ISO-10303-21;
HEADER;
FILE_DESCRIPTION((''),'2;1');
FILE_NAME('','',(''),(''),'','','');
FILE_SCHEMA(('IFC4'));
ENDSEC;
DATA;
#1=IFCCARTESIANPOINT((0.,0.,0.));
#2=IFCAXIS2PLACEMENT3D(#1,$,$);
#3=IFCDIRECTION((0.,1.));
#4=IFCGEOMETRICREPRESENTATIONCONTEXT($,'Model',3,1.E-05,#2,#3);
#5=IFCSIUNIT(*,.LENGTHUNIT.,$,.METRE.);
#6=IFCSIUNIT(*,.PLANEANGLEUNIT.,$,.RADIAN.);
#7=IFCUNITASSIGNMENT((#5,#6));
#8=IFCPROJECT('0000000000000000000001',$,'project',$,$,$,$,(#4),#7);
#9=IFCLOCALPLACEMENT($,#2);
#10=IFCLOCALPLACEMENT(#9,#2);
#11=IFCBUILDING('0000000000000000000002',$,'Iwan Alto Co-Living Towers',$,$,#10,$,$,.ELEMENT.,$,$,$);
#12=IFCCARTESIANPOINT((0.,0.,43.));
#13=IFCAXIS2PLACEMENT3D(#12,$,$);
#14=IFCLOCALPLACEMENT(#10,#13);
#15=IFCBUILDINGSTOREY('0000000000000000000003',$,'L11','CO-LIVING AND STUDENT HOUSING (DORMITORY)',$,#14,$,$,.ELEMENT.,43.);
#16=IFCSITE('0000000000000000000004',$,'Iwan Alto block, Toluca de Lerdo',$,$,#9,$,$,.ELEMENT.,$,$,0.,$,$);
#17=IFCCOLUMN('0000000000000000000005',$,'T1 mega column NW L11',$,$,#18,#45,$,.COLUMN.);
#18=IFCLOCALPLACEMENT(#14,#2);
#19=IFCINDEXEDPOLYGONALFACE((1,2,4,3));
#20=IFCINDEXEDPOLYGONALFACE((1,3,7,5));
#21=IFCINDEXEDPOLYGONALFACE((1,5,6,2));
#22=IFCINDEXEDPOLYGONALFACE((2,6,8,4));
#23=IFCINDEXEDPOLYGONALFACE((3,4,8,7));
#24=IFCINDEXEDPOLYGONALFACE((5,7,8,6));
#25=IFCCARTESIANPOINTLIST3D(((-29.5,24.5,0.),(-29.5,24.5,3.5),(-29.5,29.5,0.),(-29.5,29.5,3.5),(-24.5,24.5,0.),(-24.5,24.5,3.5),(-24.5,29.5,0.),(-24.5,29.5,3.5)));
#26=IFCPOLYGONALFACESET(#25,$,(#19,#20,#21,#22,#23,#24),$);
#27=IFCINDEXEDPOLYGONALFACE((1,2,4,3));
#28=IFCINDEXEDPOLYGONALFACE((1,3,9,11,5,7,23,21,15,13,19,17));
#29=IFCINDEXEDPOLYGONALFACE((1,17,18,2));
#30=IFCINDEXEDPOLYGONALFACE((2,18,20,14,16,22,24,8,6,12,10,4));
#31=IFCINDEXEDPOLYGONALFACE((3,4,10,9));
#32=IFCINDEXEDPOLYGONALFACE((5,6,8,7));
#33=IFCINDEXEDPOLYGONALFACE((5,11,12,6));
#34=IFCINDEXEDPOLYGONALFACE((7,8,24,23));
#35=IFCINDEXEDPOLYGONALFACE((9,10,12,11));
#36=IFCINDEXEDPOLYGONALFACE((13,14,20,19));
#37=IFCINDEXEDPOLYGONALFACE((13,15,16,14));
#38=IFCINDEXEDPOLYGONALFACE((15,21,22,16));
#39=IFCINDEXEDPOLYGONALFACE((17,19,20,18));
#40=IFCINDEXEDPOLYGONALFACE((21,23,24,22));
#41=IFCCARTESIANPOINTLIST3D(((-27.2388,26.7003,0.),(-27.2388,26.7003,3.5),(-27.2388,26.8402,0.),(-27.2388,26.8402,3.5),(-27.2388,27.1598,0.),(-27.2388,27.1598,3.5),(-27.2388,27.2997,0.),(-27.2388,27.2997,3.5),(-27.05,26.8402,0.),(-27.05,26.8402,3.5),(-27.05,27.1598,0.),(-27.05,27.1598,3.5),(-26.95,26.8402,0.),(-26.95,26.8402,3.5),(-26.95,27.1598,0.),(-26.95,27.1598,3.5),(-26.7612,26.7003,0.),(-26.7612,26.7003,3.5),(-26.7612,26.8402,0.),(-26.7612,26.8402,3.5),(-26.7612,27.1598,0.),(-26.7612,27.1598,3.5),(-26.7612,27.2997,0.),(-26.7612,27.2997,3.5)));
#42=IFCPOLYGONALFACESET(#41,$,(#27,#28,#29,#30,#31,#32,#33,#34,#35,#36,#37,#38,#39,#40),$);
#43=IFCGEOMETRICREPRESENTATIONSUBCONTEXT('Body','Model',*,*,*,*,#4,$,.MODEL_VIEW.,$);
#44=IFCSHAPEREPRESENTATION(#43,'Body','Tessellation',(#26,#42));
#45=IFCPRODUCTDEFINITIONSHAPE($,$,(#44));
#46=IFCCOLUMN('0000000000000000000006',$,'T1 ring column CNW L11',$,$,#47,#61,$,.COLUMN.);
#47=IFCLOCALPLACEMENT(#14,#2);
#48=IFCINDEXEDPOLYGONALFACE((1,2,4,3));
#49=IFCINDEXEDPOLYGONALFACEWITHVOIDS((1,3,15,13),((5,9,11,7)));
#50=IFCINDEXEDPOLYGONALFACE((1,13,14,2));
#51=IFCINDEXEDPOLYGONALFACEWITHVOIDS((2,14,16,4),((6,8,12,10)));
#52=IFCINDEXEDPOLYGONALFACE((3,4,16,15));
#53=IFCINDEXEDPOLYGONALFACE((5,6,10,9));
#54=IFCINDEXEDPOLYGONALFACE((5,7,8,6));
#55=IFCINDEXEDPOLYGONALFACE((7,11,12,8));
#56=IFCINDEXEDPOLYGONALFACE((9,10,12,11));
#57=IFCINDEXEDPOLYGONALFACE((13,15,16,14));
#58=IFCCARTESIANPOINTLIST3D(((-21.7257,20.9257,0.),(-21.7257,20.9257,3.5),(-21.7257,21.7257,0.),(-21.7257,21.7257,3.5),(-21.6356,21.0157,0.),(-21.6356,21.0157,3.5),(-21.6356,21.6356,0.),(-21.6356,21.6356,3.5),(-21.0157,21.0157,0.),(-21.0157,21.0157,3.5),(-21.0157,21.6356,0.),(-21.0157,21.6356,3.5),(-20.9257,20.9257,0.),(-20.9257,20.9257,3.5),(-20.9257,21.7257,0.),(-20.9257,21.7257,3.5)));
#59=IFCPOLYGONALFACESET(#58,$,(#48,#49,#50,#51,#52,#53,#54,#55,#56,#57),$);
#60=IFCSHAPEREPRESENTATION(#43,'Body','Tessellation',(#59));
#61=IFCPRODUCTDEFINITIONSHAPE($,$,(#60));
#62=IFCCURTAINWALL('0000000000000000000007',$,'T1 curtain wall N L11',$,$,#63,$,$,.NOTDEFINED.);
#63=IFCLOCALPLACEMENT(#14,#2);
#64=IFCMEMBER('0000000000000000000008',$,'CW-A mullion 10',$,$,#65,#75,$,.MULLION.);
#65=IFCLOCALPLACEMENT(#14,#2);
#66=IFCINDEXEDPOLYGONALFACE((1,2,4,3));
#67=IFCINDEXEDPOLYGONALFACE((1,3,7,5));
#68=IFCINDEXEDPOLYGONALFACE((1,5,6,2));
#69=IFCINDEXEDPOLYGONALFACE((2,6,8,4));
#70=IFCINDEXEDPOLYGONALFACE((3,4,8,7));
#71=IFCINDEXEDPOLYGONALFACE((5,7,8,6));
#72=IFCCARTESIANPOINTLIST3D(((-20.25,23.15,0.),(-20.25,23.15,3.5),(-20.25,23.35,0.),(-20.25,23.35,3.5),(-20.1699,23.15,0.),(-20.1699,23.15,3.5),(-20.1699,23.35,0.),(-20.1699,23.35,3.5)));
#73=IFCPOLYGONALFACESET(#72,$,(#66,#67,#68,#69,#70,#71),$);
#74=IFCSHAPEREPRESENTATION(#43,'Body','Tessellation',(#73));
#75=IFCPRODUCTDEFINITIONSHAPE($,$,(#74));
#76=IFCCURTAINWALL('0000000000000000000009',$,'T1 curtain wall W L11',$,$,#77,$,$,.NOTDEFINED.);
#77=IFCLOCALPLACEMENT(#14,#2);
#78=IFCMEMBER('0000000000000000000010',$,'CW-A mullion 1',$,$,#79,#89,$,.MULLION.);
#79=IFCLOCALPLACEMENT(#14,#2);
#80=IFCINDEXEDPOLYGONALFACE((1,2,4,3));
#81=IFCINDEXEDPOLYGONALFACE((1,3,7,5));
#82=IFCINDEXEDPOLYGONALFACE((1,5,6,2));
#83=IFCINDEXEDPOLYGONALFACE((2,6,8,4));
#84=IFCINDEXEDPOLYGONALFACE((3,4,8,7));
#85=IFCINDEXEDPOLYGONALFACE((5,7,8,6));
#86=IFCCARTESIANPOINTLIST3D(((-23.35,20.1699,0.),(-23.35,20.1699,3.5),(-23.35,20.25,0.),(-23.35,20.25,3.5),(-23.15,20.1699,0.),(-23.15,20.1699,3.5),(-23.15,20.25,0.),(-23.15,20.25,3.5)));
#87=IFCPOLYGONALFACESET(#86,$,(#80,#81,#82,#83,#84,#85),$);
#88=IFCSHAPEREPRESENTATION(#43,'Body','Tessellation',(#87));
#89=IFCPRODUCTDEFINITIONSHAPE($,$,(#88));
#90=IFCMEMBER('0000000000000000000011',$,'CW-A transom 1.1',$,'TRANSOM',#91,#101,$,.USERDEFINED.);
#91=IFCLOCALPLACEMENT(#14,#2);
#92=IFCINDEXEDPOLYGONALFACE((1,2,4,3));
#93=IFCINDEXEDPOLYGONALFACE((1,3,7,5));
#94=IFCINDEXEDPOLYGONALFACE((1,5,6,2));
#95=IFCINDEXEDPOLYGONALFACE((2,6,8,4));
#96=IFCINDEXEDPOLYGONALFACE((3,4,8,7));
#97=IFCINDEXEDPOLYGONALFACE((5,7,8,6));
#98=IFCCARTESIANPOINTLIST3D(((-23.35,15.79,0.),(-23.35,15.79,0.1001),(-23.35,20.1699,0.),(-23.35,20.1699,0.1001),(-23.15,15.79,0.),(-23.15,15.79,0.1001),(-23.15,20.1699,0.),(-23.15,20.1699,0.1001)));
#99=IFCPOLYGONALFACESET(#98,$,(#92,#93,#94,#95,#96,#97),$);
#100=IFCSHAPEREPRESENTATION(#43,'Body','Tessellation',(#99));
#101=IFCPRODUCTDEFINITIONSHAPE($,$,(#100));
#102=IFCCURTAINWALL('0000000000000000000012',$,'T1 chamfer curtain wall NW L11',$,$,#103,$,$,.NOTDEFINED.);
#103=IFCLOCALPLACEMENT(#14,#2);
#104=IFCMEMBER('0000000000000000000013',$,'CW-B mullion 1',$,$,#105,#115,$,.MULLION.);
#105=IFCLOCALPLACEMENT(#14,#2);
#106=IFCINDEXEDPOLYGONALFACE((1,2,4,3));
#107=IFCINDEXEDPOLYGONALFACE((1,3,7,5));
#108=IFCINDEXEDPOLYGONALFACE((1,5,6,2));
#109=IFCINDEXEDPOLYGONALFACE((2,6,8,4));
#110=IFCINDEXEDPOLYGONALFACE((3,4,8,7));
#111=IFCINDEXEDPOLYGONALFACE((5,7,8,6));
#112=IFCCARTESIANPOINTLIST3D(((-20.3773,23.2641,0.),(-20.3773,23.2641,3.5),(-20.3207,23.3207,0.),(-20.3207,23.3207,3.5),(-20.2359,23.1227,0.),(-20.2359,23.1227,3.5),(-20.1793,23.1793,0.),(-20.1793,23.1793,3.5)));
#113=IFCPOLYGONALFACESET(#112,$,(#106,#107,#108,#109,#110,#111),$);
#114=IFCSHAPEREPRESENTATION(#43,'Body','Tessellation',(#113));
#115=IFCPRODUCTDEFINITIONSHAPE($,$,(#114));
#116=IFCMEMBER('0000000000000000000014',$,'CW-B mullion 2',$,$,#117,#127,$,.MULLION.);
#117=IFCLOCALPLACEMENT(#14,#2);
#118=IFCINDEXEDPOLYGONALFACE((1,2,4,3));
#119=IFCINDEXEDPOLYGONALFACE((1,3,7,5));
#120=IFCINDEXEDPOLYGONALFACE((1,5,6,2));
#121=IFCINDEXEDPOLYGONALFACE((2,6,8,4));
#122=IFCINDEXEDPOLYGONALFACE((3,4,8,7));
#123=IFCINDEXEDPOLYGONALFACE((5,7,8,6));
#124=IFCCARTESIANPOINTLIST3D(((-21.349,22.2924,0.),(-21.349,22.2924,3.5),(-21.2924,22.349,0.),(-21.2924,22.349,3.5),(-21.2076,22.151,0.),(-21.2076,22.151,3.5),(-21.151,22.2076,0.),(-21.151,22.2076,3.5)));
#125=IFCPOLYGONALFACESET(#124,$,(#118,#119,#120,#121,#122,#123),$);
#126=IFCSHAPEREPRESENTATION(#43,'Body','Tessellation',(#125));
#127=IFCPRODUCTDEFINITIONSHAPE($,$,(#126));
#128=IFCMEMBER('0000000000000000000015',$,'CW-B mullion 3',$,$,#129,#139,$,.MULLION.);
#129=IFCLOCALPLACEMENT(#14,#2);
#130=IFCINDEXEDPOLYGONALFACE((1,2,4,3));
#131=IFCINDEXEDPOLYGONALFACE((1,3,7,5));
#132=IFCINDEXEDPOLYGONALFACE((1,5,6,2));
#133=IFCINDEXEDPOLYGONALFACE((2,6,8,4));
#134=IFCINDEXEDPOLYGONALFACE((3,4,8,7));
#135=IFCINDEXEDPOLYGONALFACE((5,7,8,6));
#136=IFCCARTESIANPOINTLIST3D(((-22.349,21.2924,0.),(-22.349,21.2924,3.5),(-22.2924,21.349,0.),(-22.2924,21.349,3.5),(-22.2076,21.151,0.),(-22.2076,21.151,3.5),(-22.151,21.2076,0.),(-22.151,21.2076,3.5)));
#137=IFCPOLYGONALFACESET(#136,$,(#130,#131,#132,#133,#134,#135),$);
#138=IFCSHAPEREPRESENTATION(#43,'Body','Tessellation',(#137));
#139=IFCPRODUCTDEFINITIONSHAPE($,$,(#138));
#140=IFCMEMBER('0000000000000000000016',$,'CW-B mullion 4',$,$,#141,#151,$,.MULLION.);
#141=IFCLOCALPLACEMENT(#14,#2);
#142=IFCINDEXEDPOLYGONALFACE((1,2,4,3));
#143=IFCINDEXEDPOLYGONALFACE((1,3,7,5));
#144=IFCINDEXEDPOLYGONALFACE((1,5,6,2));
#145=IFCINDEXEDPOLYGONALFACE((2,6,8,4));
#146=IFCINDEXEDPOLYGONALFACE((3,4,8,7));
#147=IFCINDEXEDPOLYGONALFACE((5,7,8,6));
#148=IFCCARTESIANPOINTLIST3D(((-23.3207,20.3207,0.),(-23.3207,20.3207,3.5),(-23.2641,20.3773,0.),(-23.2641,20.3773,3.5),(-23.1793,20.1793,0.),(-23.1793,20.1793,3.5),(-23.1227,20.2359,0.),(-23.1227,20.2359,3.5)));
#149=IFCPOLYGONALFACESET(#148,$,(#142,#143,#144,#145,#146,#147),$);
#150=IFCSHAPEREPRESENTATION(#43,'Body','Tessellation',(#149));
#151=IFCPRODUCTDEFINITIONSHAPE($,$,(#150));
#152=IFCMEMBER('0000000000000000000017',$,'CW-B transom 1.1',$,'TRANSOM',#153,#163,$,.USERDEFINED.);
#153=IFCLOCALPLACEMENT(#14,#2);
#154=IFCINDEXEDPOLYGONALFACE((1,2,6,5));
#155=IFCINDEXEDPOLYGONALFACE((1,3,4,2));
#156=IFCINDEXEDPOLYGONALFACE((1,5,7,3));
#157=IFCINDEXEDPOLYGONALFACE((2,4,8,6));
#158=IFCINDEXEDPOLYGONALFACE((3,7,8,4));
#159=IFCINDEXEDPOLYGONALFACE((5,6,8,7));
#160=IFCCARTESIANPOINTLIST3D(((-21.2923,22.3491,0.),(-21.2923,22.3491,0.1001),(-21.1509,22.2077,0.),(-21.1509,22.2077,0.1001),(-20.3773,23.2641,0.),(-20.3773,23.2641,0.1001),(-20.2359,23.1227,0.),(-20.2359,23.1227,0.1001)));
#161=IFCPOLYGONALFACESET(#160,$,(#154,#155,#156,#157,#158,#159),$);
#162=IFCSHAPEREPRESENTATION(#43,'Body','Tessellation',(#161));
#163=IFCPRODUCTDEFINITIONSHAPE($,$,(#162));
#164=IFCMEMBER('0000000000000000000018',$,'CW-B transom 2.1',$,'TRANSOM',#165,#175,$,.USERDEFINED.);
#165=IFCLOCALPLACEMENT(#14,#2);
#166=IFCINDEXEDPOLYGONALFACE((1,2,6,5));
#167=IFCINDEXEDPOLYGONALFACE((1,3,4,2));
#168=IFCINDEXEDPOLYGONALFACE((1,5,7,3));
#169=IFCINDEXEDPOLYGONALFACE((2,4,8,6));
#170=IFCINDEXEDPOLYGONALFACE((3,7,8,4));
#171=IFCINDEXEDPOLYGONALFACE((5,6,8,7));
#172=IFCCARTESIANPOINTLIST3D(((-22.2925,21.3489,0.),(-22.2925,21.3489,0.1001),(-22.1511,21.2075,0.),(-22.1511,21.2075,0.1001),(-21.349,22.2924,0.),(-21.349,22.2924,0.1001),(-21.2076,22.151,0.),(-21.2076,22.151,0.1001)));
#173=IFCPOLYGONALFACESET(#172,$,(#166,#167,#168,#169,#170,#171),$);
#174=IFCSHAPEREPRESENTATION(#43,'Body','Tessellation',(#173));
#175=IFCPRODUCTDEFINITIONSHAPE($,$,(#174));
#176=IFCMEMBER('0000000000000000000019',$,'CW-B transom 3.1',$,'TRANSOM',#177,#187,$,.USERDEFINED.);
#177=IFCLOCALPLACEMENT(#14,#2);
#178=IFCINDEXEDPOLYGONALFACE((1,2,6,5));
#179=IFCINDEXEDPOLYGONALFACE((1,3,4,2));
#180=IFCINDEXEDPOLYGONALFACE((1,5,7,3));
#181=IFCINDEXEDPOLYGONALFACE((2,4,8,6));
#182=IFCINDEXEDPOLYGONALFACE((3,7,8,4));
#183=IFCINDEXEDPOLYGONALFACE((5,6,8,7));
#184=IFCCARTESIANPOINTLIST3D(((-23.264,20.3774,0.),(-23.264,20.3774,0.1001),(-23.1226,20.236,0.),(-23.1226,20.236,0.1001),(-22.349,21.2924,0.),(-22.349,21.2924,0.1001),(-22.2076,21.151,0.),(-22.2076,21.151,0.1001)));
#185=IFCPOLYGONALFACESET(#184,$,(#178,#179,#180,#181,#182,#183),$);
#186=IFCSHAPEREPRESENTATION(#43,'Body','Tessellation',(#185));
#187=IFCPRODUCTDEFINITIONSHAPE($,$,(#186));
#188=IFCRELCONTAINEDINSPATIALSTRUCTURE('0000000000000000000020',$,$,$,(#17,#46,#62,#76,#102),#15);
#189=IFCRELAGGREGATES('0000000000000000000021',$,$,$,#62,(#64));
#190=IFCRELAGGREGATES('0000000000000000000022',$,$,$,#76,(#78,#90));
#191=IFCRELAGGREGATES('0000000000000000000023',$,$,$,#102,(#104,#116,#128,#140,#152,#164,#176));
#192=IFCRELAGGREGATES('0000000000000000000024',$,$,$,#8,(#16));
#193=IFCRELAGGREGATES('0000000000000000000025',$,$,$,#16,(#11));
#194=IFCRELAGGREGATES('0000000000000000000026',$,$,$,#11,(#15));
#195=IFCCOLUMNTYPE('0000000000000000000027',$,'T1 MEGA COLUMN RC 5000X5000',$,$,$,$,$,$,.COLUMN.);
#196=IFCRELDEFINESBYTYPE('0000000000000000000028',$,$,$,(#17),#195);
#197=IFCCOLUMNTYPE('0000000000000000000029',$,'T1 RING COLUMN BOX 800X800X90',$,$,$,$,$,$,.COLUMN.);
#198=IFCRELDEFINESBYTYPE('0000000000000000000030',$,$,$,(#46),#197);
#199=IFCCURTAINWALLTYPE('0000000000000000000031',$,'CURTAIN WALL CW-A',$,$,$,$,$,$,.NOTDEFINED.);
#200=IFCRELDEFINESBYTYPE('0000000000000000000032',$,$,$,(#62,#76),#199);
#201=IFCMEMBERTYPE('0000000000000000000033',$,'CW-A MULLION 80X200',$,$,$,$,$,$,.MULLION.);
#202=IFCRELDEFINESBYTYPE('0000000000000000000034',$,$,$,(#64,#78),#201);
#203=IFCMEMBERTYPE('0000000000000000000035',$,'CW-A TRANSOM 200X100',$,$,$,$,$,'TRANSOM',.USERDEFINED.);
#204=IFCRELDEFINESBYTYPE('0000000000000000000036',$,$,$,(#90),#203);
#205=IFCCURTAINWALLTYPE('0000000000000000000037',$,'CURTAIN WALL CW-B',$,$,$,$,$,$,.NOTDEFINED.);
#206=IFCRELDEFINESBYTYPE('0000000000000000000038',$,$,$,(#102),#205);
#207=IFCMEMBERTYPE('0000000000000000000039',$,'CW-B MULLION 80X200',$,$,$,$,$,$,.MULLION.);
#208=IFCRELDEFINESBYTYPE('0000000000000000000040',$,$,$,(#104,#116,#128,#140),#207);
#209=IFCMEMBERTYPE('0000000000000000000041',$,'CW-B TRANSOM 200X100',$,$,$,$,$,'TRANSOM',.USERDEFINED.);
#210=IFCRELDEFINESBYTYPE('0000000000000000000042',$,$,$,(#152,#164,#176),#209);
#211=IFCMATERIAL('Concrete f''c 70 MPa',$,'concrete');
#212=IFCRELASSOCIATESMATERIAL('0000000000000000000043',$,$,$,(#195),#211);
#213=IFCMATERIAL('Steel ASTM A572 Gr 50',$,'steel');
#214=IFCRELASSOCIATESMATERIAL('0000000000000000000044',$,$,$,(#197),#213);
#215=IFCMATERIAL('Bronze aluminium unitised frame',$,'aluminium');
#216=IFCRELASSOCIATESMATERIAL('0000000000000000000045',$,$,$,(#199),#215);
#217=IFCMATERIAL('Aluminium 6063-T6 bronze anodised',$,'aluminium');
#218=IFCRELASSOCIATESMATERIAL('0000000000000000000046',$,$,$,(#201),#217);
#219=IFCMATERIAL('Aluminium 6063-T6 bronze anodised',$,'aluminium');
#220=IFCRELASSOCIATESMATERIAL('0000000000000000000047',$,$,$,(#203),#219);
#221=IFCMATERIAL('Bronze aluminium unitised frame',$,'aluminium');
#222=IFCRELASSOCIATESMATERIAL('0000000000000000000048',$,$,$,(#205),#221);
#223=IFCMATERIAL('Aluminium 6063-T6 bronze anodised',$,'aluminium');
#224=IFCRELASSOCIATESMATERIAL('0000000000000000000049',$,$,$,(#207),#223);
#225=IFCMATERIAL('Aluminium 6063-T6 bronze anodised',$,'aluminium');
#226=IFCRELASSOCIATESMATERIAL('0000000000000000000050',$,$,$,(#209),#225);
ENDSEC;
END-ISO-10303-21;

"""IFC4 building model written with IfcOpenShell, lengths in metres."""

from ifc_helpers import new_model, si_unit, direction, frame, origin, origin_2d, place, context, subcontext, project, spatial, rectangle, hollow_rectangle, i_section, extrude, material, material_profile, profile_set, type_object, element, aggregate, save


model = new_model("IFC4")

# Units and contexts
model_context = context("Model", 3, precision=1e-05, world=origin(), true_north=direction((0.0, 1.0)))
body_context = subcontext(model_context, "Body", "Model", "MODEL_VIEW")
ifc_project = project(units=[si_unit("LENGTHUNIT", "METRE"), si_unit("PLANEANGLEUNIT", "RADIAN")], contexts=[model_context])

# Site, building, storey
site_placement = place(None, origin())
site = spatial("IfcSite", under=ifc_project, at=site_placement, Name="Iwan Alto block, Toluca de Lerdo", CompositionType="ELEMENT", RefElevation=0.0)
building_placement = place(site_placement, origin())
building = spatial("IfcBuilding", under=site, at=building_placement, Name="Iwan Alto Co-Living Towers", CompositionType="ELEMENT")
storey_placement = place(building_placement, frame((0.0, 0.0, 43.0)))
storey = spatial("IfcBuildingStorey", under=building, at=storey_placement, Name="L11", Description="CO-LIVING AND STUDENT HOUSING (DORMITORY)", CompositionType="ELEMENT", Elevation=43.0)

# Columns
ifc_material_1 = material(Name="Concrete f'c 70 MPa", Category="concrete")
ifc_material_profile_1 = material_profile(ifc_material_1, rectangle(XDim=5.0, YDim=5.0, at=origin_2d()), Name="RC 5000X5000")
ifc_profile_set_1 = profile_set([ifc_material_profile_1], Name="Concrete f'c 70 MPa")
column_type_1 = type_object("IfcColumnType", Name="T1 MEGA COLUMN RC 5000X5000", PredefinedType="COLUMN", material=ifc_profile_set_1)
column_1_placement = place(storey_placement, frame((-27.0, 27.0, 0.0), z_axis=(0.0, 0.0, 1.0), x_axis=(1.0, 0.0, 0.0)))
element("IfcColumn", 1, at=column_1_placement, inside=storey, type_object=column_type_1, Name="T1 mega column NW L11", PredefinedType="COLUMN", context=body_context, shape_type="SweptSolid", body=[
    extrude(rectangle(XDim=5.0, YDim=5.0, at=origin_2d()), origin(), (0.0, 0.0, 1.0), 3.5),
    extrude(i_section(OverallWidth=0.4775, OverallDepth=0.5994, WebThickness=0.1001, FlangeThickness=0.1399, at=origin_2d()), origin(), (0.0, 0.0, 1.0), 3.5),
])
ifc_material_2 = material(Name="Steel ASTM A572 Gr 50", Category="steel")
ifc_material_profile_2 = material_profile(ifc_material_2, hollow_rectangle(XDim=0.8, YDim=0.8, WallThickness=0.0901, at=origin_2d()), Name="BOX 800X800X90")
ifc_profile_set_2 = profile_set([ifc_material_profile_2], Name="Steel ASTM A572 Gr 50")
column_type_2 = type_object("IfcColumnType", Name="T1 RING COLUMN BOX 800X800X90", PredefinedType="COLUMN", material=ifc_profile_set_2)
column_2_placement = place(storey_placement, frame((-21.3257, 21.3257, 0.0), z_axis=(0.0, 0.0, 1.0), x_axis=(1.0, 0.0, 0.0)))
element("IfcColumn", 2, at=column_2_placement, inside=storey, type_object=column_type_2, Name="T1 ring column CNW L11", PredefinedType="COLUMN", context=body_context, shape_type="SweptSolid", body=[
    extrude(hollow_rectangle(XDim=0.8, YDim=0.8, WallThickness=0.0901, at=origin_2d()), origin(), (0.0, 0.0, 1.0), 3.5),
])

# Curtain wall, member
ifc_material_3 = material(Name="Bronze aluminium unitised frame", Category="aluminium")
curtain_wall_type_1 = type_object("IfcCurtainWallType", Name="CURTAIN WALL CW-A", PredefinedType="NOTDEFINED", material=ifc_material_3)
curtain_wall_1_placement = place(storey_placement, origin())
curtain_wall_1 = element("IfcCurtainWall", 3, at=curtain_wall_1_placement, inside=storey, type_object=curtain_wall_type_1, Name="T1 curtain wall N L11", PredefinedType="NOTDEFINED")
ifc_material_4 = material(Name="Aluminium 6063-T6 bronze anodised", Category="aluminium")
ifc_material_profile_3 = material_profile(ifc_material_4, rectangle(XDim=0.2, YDim=0.0801, at=origin_2d()), Name="AL 80X200")
ifc_profile_set_3 = profile_set([ifc_material_profile_3], Name="Aluminium 6063-T6 bronze anodised")
member_type_1 = type_object("IfcMemberType", Name="CW-A MULLION 80X200", PredefinedType="MULLION", material=ifc_profile_set_3)
member_1_placement = place(storey_placement, frame((-20.21, 23.25, 0.0), z_axis=(0.0, 0.0, 1.0), x_axis=(0.0, -1.0, 0.0)))
member_1 = element("IfcMember", 4, at=member_1_placement, type_object=member_type_1, Name="CW-A mullion 10", PredefinedType="MULLION", context=body_context, shape_type="SweptSolid", body=[
    extrude(rectangle(XDim=0.2, YDim=0.0801, at=origin_2d()), origin(), (0.0, 0.0, 1.0), 3.5),
])

# Curtain walls, members
curtain_wall_2_placement = place(storey_placement, origin())
curtain_wall_2 = element("IfcCurtainWall", 5, at=curtain_wall_2_placement, inside=storey, type_object=curtain_wall_type_1, Name="T1 curtain wall W L11", PredefinedType="NOTDEFINED")
member_2_placement = place(storey_placement, frame((-23.25, 20.21, 0.0), z_axis=(0.0, 0.0, 1.0), x_axis=(1.0, 0.0, 0.0)))
member_2 = element("IfcMember", 6, at=member_2_placement, type_object=member_type_1, Name="CW-A mullion 1", PredefinedType="MULLION", context=body_context, shape_type="SweptSolid", body=[
    extrude(rectangle(XDim=0.2, YDim=0.0801, at=origin_2d()), origin(), (0.0, 0.0, 1.0), 3.5),
])
ifc_material_5 = material(Name="Aluminium 6063-T6 bronze anodised", Category="aluminium")
ifc_material_profile_4 = material_profile(ifc_material_5, rectangle(XDim=0.2, YDim=0.1001, at=origin_2d()), Name="AL 200X100")
ifc_profile_set_4 = profile_set([ifc_material_profile_4], Name="Aluminium 6063-T6 bronze anodised")
member_type_2 = type_object("IfcMemberType", Name="CW-A TRANSOM 200X100", ElementType="TRANSOM", PredefinedType="USERDEFINED", material=ifc_profile_set_4)
member_3_placement = place(storey_placement, frame((-23.25, 20.1699, 0.05), z_axis=(0.0, -1.0, 0.0), x_axis=(1.0, 0.0, 0.0)))
member_3 = element("IfcMember", 7, at=member_3_placement, type_object=member_type_2, Name="CW-A transom 1.1", ObjectType="TRANSOM", PredefinedType="USERDEFINED", context=body_context, shape_type="SweptSolid", body=[
    extrude(rectangle(XDim=0.2, YDim=0.1001, at=origin_2d()), origin(), (0.0, 0.0, 1.0), 4.3799),
])
ifc_material_6 = material(Name="Bronze aluminium unitised frame", Category="aluminium")
curtain_wall_type_2 = type_object("IfcCurtainWallType", Name="CURTAIN WALL CW-B", PredefinedType="NOTDEFINED", material=ifc_material_6)
curtain_wall_3_placement = place(storey_placement, origin())
curtain_wall_3 = element("IfcCurtainWall", 8, at=curtain_wall_3_placement, inside=storey, type_object=curtain_wall_type_2, Name="T1 chamfer curtain wall NW L11", PredefinedType="NOTDEFINED")
ifc_material_7 = material(Name="Aluminium 6063-T6 bronze anodised", Category="aluminium")
ifc_material_profile_5 = material_profile(ifc_material_7, rectangle(XDim=0.2, YDim=0.0801, at=origin_2d()), Name="AL 80X200")
ifc_profile_set_5 = profile_set([ifc_material_profile_5], Name="Aluminium 6063-T6 bronze anodised")
member_type_3 = type_object("IfcMemberType", Name="CW-B MULLION 80X200", PredefinedType="MULLION", material=ifc_profile_set_5)
member_4_placement = place(storey_placement, frame((-20.2783, 23.2217, 0.0), z_axis=(0.0, 0.0, 1.0), x_axis=(0.707107, -0.707107, 0.0)))
member_4 = element("IfcMember", 9, at=member_4_placement, type_object=member_type_3, Name="CW-B mullion 1", PredefinedType="MULLION", context=body_context, shape_type="SweptSolid", body=[
    extrude(rectangle(XDim=0.2, YDim=0.0801, at=origin_2d()), origin(), (0.0, 0.0, 1.0), 3.5),
])
member_5_placement = place(storey_placement, frame((-21.25, 22.25, 0.0), z_axis=(0.0, 0.0, 1.0), x_axis=(0.707107, -0.707107, 0.0)))
member_5 = element("IfcMember", 10, at=member_5_placement, type_object=member_type_3, Name="CW-B mullion 2", PredefinedType="MULLION", context=body_context, shape_type="SweptSolid", body=[
    extrude(rectangle(XDim=0.2, YDim=0.0801, at=origin_2d()), origin(), (0.0, 0.0, 1.0), 3.5),
])
member_6_placement = place(storey_placement, frame((-22.25, 21.25, 0.0), z_axis=(0.0, 0.0, 1.0), x_axis=(0.707107, -0.707107, 0.0)))
member_6 = element("IfcMember", 11, at=member_6_placement, type_object=member_type_3, Name="CW-B mullion 3", PredefinedType="MULLION", context=body_context, shape_type="SweptSolid", body=[
    extrude(rectangle(XDim=0.2, YDim=0.0801, at=origin_2d()), origin(), (0.0, 0.0, 1.0), 3.5),
])
member_7_placement = place(storey_placement, frame((-23.2217, 20.2783, 0.0), z_axis=(0.0, 0.0, 1.0), x_axis=(0.707107, -0.707107, 0.0)))
member_7 = element("IfcMember", 12, at=member_7_placement, type_object=member_type_3, Name="CW-B mullion 4", PredefinedType="MULLION", context=body_context, shape_type="SweptSolid", body=[
    extrude(rectangle(XDim=0.2, YDim=0.0801, at=origin_2d()), origin(), (0.0, 0.0, 1.0), 3.5),
])
ifc_material_8 = material(Name="Aluminium 6063-T6 bronze anodised", Category="aluminium")
ifc_material_profile_6 = material_profile(ifc_material_8, rectangle(XDim=0.2, YDim=0.1001, at=origin_2d()), Name="AL 200X100")
ifc_profile_set_6 = profile_set([ifc_material_profile_6], Name="Aluminium 6063-T6 bronze anodised")
member_type_4 = type_object("IfcMemberType", Name="CW-B TRANSOM 200X100", ElementType="TRANSOM", PredefinedType="USERDEFINED", material=ifc_profile_set_6)
member_8_placement = place(storey_placement, frame((-20.3066, 23.1934, 0.05), z_axis=(-0.707107, -0.707107, 0.0), x_axis=(0.707107, -0.707107, 0.0)))
member_8 = element("IfcMember", 13, at=member_8_placement, type_object=member_type_4, Name="CW-B transom 1.1", ObjectType="TRANSOM", PredefinedType="USERDEFINED", context=body_context, shape_type="SweptSolid", body=[
    extrude(rectangle(XDim=0.2, YDim=0.1001, at=origin_2d()), origin(), (0.0, 0.0, 1.0), 1.2939),
])
member_9_placement = place(storey_placement, frame((-21.2783, 22.2217, 0.05), z_axis=(-0.707107, -0.707107, 0.0), x_axis=(0.707107, -0.707107, 0.0)))
member_9 = element("IfcMember", 14, at=member_9_placement, type_object=member_type_4, Name="CW-B transom 2.1", ObjectType="TRANSOM", PredefinedType="USERDEFINED", context=body_context, shape_type="SweptSolid", body=[
    extrude(rectangle(XDim=0.2, YDim=0.1001, at=origin_2d()), origin(), (0.0, 0.0, 1.0), 1.3342),
])
member_10_placement = place(storey_placement, frame((-22.2783, 21.2217, 0.05), z_axis=(-0.707107, -0.707107, 0.0), x_axis=(0.707107, -0.707107, 0.0)))
member_10 = element("IfcMember", 15, at=member_10_placement, type_object=member_type_4, Name="CW-B transom 3.1", ObjectType="TRANSOM", PredefinedType="USERDEFINED", context=body_context, shape_type="SweptSolid", body=[
    extrude(rectangle(XDim=0.2, YDim=0.1001, at=origin_2d()), origin(), (0.0, 0.0, 1.0), 1.2939),
])

aggregate(curtain_wall_1, [member_1])
aggregate(curtain_wall_2, [member_2, member_3])
aggregate(curtain_wall_3, [member_4, member_5, member_6, member_7, member_8, member_9, member_10])

save(model, "model.ifc")
